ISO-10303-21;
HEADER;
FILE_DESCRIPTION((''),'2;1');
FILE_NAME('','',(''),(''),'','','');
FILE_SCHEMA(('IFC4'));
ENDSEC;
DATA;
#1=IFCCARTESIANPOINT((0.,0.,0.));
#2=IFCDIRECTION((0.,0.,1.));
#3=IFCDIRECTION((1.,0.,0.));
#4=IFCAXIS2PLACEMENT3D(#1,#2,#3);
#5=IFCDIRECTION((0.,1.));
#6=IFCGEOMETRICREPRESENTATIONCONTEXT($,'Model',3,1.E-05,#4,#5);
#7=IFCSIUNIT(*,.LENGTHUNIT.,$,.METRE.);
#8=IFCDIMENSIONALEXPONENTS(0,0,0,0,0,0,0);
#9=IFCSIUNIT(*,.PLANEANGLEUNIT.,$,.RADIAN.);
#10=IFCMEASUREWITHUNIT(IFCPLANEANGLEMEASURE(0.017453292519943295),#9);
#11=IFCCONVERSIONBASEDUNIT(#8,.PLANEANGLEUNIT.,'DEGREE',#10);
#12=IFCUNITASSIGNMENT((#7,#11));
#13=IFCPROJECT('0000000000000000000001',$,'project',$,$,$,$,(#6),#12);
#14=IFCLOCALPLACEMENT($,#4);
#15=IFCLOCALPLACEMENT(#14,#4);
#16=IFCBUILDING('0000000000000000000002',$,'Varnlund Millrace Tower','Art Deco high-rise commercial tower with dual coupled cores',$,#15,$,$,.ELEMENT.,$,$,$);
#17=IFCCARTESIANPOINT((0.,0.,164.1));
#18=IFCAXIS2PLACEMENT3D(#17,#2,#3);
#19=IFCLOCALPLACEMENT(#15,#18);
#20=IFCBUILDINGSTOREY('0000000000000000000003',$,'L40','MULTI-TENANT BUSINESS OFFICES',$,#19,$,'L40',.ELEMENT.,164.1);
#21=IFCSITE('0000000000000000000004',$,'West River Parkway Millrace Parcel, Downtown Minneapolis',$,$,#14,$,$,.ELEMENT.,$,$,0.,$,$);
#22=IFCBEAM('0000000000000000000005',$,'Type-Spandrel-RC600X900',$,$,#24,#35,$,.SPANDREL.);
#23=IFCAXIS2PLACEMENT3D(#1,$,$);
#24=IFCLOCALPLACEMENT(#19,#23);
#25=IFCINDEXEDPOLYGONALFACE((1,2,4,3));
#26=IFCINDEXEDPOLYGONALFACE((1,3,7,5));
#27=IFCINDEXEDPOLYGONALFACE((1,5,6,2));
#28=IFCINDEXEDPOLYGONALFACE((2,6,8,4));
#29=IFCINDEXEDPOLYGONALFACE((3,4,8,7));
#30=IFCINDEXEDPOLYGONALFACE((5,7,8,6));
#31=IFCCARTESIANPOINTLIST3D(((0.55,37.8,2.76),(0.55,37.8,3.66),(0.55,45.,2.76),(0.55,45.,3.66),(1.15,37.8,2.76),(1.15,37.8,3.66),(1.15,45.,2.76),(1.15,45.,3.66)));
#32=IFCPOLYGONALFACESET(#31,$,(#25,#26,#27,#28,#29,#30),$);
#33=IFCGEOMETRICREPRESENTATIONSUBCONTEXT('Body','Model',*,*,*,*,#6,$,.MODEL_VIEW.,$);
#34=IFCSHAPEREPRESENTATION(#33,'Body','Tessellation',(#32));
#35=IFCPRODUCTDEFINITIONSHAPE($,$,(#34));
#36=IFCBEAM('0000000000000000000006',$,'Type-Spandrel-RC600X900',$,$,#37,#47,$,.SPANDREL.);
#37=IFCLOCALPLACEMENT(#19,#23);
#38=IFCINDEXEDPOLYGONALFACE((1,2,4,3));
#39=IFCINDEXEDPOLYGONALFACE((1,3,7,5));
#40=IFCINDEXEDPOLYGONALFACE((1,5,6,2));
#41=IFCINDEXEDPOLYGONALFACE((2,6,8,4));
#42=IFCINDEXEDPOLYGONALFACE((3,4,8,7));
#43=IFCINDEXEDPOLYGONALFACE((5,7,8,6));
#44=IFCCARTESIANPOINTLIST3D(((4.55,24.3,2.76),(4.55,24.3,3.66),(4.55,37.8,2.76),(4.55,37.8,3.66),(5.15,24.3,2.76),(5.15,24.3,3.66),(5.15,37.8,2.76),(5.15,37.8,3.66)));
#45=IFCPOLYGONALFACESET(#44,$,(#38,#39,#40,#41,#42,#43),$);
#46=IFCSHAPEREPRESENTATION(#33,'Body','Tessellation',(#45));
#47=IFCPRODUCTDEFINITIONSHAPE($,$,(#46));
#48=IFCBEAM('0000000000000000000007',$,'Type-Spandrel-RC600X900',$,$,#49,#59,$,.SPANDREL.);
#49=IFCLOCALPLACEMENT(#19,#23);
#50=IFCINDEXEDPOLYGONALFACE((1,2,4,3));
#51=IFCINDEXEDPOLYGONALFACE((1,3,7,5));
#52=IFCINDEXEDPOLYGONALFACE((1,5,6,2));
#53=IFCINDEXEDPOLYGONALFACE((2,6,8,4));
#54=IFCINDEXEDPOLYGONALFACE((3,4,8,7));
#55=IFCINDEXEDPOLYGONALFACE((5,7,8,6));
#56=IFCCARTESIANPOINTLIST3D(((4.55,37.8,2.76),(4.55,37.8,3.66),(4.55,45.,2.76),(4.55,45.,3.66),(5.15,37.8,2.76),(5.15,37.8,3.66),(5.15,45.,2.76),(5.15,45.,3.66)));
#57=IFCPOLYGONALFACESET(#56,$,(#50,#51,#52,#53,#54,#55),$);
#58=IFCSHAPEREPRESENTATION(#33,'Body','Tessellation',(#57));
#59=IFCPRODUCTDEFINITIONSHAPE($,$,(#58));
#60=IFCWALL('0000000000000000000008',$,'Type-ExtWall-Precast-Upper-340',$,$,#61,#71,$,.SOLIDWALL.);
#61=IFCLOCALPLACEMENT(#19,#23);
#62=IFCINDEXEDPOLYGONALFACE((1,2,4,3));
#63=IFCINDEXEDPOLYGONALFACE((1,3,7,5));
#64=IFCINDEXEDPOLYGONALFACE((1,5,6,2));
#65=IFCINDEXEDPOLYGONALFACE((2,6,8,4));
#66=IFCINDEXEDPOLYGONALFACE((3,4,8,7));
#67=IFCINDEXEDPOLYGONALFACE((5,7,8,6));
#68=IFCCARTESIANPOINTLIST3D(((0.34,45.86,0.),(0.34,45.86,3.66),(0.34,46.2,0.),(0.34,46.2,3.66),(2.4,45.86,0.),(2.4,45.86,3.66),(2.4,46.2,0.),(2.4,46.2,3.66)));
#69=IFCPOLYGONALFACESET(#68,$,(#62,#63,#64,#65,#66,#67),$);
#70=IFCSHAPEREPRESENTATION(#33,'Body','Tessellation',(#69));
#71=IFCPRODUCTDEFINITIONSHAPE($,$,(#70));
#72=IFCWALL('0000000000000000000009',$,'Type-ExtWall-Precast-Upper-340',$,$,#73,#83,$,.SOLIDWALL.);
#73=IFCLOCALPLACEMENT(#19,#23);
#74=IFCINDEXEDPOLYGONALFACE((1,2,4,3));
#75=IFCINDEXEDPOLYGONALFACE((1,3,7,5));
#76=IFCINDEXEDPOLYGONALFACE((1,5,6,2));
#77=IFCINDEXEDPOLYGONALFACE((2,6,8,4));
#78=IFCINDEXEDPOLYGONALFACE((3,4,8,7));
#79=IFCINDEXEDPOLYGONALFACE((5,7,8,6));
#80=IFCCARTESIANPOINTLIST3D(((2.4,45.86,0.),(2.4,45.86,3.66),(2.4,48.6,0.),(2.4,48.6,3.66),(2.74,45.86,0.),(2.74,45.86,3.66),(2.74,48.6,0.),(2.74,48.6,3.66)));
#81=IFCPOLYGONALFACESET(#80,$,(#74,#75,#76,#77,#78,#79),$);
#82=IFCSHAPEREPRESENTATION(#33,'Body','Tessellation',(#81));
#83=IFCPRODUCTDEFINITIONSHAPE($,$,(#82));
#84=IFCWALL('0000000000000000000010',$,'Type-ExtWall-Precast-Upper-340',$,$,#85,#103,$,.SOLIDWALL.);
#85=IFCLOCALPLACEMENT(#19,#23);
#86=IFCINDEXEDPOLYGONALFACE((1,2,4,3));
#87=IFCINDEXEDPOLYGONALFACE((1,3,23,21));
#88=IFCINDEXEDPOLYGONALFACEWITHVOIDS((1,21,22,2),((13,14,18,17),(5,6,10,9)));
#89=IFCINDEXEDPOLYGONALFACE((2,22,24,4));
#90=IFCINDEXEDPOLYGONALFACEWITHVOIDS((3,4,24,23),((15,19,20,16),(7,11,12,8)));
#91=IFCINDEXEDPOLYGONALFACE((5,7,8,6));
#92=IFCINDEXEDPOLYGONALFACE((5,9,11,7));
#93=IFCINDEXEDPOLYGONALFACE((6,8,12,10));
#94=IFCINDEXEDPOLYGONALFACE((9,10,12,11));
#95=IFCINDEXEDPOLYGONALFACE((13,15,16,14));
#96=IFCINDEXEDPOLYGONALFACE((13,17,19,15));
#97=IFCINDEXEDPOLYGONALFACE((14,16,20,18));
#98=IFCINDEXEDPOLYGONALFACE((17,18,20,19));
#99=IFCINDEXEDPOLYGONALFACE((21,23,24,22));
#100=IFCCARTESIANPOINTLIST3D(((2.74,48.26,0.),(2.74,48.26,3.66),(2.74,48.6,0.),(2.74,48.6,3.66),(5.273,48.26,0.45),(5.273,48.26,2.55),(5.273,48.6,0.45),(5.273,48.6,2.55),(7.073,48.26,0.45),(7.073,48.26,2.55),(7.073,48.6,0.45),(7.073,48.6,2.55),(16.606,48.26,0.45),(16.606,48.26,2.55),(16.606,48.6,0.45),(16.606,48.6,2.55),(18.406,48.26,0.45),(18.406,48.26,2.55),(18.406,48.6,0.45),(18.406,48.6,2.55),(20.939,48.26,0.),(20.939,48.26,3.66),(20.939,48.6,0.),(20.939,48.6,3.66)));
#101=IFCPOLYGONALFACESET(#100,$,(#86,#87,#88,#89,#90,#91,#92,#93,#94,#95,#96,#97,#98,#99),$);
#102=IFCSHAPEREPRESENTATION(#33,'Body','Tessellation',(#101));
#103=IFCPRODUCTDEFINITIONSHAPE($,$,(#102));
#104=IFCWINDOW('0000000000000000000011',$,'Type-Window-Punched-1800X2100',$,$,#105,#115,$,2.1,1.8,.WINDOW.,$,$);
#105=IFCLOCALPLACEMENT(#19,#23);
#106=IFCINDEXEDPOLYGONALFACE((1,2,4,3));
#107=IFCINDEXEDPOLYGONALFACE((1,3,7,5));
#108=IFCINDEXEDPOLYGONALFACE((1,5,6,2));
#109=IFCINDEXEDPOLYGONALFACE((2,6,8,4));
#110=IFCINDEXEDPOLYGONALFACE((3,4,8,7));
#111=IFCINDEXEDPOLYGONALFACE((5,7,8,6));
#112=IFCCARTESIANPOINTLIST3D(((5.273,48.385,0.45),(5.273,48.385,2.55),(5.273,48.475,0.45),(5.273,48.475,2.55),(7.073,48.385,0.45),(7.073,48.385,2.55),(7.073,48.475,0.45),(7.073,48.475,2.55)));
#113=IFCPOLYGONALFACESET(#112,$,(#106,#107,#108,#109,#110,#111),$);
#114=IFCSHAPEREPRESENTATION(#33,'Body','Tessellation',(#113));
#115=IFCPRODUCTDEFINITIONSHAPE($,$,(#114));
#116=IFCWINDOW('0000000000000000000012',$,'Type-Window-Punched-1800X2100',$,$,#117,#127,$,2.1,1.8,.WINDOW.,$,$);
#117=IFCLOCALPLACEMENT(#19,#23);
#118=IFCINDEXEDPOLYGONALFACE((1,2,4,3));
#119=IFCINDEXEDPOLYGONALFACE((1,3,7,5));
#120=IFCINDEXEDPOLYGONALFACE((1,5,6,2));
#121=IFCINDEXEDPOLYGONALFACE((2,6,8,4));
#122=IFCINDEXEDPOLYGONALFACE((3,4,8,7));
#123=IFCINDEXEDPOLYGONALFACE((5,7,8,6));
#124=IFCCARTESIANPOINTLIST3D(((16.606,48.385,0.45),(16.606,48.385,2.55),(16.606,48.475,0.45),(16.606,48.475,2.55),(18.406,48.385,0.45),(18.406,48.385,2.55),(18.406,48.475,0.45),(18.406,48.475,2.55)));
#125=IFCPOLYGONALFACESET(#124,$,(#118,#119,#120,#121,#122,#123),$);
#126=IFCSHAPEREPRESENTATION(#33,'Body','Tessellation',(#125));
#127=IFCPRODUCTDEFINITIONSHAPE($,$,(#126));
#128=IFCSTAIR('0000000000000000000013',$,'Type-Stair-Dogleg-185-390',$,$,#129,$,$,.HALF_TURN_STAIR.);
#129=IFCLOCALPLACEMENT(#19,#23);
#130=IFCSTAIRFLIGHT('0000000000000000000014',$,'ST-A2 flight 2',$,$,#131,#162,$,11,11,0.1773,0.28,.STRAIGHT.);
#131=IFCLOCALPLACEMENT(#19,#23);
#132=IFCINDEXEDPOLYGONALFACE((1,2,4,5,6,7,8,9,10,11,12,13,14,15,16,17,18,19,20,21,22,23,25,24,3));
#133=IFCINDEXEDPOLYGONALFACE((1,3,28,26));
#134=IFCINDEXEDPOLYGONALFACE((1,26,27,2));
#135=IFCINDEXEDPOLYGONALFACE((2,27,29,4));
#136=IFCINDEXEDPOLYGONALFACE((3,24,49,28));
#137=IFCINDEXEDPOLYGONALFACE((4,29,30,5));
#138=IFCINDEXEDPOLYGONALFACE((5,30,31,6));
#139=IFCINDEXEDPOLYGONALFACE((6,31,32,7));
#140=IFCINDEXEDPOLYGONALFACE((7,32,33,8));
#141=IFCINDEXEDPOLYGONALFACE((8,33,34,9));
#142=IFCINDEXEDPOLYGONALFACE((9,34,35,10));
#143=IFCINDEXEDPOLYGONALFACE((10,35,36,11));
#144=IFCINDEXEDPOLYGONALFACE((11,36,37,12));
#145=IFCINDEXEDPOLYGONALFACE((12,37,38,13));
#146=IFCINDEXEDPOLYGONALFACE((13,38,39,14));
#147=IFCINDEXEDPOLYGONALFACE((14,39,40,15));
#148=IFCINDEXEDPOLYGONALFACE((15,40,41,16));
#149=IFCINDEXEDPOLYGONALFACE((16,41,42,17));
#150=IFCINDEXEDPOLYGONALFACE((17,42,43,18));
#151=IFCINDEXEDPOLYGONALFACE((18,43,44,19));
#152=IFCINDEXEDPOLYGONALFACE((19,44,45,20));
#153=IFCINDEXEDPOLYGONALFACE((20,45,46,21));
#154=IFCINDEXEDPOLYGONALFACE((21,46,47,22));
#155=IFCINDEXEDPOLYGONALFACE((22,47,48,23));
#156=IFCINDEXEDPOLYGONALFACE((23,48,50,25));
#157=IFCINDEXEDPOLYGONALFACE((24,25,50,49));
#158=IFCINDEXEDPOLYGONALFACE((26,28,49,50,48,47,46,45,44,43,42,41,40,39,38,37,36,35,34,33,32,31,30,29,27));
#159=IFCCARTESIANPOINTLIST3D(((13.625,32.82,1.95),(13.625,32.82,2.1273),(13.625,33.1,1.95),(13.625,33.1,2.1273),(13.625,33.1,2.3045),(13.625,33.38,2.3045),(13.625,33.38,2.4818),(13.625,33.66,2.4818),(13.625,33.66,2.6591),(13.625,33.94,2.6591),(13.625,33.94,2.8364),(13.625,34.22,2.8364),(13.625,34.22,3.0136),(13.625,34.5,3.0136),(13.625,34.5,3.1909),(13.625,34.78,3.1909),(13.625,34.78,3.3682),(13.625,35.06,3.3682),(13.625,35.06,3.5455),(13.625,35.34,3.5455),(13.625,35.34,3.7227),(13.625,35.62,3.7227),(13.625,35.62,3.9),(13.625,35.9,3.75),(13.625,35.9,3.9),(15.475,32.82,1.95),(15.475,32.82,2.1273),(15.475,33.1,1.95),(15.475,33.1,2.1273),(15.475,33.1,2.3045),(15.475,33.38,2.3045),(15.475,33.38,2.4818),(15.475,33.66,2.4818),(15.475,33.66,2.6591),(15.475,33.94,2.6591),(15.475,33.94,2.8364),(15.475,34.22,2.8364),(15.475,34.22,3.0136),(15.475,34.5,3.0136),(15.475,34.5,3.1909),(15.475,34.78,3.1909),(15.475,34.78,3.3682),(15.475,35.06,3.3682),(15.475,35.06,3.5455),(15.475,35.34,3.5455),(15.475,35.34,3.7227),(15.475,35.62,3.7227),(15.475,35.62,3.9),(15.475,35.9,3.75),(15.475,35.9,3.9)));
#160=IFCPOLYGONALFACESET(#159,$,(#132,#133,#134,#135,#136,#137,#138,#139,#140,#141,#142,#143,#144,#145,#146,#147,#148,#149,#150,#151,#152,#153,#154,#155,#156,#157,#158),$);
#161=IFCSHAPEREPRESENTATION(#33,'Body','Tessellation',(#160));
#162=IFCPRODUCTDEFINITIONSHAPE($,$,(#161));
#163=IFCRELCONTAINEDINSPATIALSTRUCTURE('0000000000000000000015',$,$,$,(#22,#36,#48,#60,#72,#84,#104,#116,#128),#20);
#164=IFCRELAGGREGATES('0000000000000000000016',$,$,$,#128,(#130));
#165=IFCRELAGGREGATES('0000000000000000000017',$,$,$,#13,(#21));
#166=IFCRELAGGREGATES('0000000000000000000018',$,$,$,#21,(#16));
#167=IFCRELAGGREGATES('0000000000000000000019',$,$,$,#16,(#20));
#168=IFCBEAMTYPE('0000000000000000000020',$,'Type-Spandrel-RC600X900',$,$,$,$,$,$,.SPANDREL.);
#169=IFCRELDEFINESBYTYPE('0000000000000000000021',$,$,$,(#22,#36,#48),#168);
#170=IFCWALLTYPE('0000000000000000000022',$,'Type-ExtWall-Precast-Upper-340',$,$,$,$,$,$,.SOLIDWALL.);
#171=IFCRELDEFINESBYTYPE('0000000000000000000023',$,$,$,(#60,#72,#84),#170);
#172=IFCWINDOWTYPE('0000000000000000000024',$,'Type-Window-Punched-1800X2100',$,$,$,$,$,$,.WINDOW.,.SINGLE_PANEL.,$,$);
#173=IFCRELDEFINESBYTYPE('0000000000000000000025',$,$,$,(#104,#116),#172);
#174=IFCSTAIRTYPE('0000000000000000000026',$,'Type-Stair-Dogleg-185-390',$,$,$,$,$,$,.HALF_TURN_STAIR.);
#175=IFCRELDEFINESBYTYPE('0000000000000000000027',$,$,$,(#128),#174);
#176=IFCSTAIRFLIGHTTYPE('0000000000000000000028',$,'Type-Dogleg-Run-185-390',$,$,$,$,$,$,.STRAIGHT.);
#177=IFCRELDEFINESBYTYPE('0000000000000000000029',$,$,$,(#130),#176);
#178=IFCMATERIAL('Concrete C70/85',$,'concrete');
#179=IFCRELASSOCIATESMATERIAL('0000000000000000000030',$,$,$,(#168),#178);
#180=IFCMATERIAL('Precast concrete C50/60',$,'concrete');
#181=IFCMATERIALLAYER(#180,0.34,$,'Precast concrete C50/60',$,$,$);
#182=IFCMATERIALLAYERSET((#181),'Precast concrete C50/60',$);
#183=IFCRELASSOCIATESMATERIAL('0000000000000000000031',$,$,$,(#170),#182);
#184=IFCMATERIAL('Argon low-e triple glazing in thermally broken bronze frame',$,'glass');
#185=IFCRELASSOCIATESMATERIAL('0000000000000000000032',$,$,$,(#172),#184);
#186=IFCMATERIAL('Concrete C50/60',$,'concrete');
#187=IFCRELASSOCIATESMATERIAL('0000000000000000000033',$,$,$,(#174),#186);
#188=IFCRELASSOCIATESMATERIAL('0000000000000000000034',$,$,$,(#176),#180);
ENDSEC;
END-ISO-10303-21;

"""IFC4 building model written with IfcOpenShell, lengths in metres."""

from ifc_helpers import new_model, entity, si_unit, converted_unit, direction, frame, origin_with_axes, origin_2d_with_axis, place, context, subcontext, project, spatial, polyline, rectangle, outline, extrude, material, layer, layer_set, material_profile, profile_set, type_object, element, fill, aggregate, save


model = new_model("IFC4")

# Units and contexts
model_context = context("Model", 3, precision=1e-05, world=origin_with_axes(), true_north=direction((0.0, 1.0)))
body_context = subcontext(model_context, "Body", "Model", "MODEL_VIEW")
ifc_project = project(units=[si_unit("LENGTHUNIT", "METRE"), converted_unit("PLANEANGLEUNIT", "DEGREE", entity("IfcPlaneAngleMeasure", 0.017453292519943295), si_unit("PLANEANGLEUNIT", "RADIAN"), dimensions=[0, 0, 0, 0, 0, 0, 0])], contexts=[model_context])

# Site, building, storey
site_placement = place(None, origin_with_axes())
site = spatial("IfcSite", under=ifc_project, at=site_placement, Name="West River Parkway Millrace Parcel, Downtown Minneapolis", CompositionType="ELEMENT", RefElevation=0.0)
building_placement = place(site_placement, origin_with_axes())
building = spatial("IfcBuilding", under=site, at=building_placement, Name="Varnlund Millrace Tower", Description="Art Deco high-rise commercial tower with dual coupled cores", CompositionType="ELEMENT")
storey_placement = place(building_placement, frame((0.0, 0.0, 164.1), z_axis=(0.0, 0.0, 1.0), x_axis=(1.0, 0.0, 0.0)))
storey = spatial("IfcBuildingStorey", under=building, at=storey_placement, Name="L40", Description="MULTI-TENANT BUSINESS OFFICES", LongName="L40", CompositionType="ELEMENT", Elevation=164.1)

# Beams
ifc_material_1 = material(Name="Concrete C70/85", Category="concrete")
ifc_material_profile_1 = material_profile(ifc_material_1, rectangle(XDim=0.6, YDim=0.9, at=origin_2d_with_axis()), Name="Concrete C70/85")
ifc_profile_set_1 = profile_set([ifc_material_profile_1], Name="Concrete C70/85")
beam_type_1 = type_object("IfcBeamType", Name="Type-Spandrel-RC600X900", PredefinedType="SPANDREL", material=ifc_profile_set_1)
beam_1_placement = place(storey_placement, frame((0.85, 37.8, 3.21), z_axis=(0.0, 1.0, 0.0), x_axis=(-1.0, 0.0, 0.0)))
element("IfcBeam", 1, at=beam_1_placement, inside=storey, type_object=beam_type_1, Name="Type-Spandrel-RC600X900", PredefinedType="SPANDREL", context=body_context, shape_type="SweptSolid", body=[
    extrude(rectangle(XDim=0.6, YDim=0.9, at=origin_2d_with_axis()), origin_with_axes(), (0.0, 0.0, 1.0), 7.2),
])
beam_2_placement = place(storey_placement, frame((4.85, 24.3, 3.21), z_axis=(0.0, 1.0, 0.0), x_axis=(-1.0, 0.0, 0.0)))
element("IfcBeam", 2, at=beam_2_placement, inside=storey, type_object=beam_type_1, Name="Type-Spandrel-RC600X900", PredefinedType="SPANDREL", context=body_context, shape_type="SweptSolid", body=[
    extrude(rectangle(XDim=0.6, YDim=0.9, at=origin_2d_with_axis()), origin_with_axes(), (0.0, 0.0, 1.0), 13.5),
])
beam_3_placement = place(storey_placement, frame((4.85, 37.8, 3.21), z_axis=(0.0, 1.0, 0.0), x_axis=(-1.0, 0.0, 0.0)))
element("IfcBeam", 3, at=beam_3_placement, inside=storey, type_object=beam_type_1, Name="Type-Spandrel-RC600X900", PredefinedType="SPANDREL", context=body_context, shape_type="SweptSolid", body=[
    extrude(rectangle(XDim=0.6, YDim=0.9, at=origin_2d_with_axis()), origin_with_axes(), (0.0, 0.0, 1.0), 7.2),
])

# Walls
ifc_material_2 = material(Name="Precast concrete C50/60", Category="concrete")
ifc_layer = layer(ifc_material_2, 0.34, Name="Precast concrete C50/60")
ifc_layer_set = layer_set([ifc_layer], Name="Precast concrete C50/60")
wall_type = type_object("IfcWallType", Name="Type-ExtWall-Precast-Upper-340", PredefinedType="SOLIDWALL", material=ifc_layer_set)
wall_1_placement = place(storey_placement, frame((0.34, 46.03, 0.0), z_axis=(0.0, 0.0, 1.0), x_axis=(1.0, 0.0, 0.0)))
element("IfcWall", 4, at=wall_1_placement, inside=storey, type_object=wall_type, Name="Type-ExtWall-Precast-Upper-340", PredefinedType="SOLIDWALL", context=body_context, shape_type="SweptSolid", body=[
    extrude(outline(polyline([(0.0, -0.17), (2.06, -0.17), (2.06, 0.17), (0.0, 0.17), (0.0, -0.17)])), origin_with_axes(), (0.0, 0.0, 1.0), 3.66),
])
wall_2_placement = place(storey_placement, frame((2.57, 45.86, 0.0), z_axis=(0.0, 0.0, 1.0), x_axis=(0.0, 1.0, 0.0)))
element("IfcWall", 5, at=wall_2_placement, inside=storey, type_object=wall_type, Name="Type-ExtWall-Precast-Upper-340", PredefinedType="SOLIDWALL", context=body_context, shape_type="SweptSolid", body=[
    extrude(outline(polyline([(0.0, -0.17), (2.74, -0.17), (2.74, 0.17), (0.0, 0.17), (0.0, -0.17)])), origin_with_axes(), (0.0, 0.0, 1.0), 3.66),
])

# Wall, openings, windows
wall_3_placement = place(storey_placement, frame((2.74, 48.43, 0.0), z_axis=(0.0, 0.0, 1.0), x_axis=(1.0, 0.0, 0.0)))
wall_3 = element("IfcWall", 6, at=wall_3_placement, inside=storey, type_object=wall_type, Name="Type-ExtWall-Precast-Upper-340", PredefinedType="SOLIDWALL", context=body_context, shape_type="SweptSolid", body=[
    extrude(outline(polyline([(0.0, -0.17), (18.199, -0.17), (18.199, 0.17), (0.0, 0.17), (0.0, -0.17)])), origin_with_axes(), (0.0, 0.0, 1.0), 3.66),
])
opening_1_placement = place(wall_3_placement, frame((3.433, 0.0, 0.45), z_axis=(0.0, 0.0, 1.0), x_axis=(1.0, 0.0, 0.0)))
opening_1 = element("IfcOpeningElement", 7, at=opening_1_placement, cuts=wall_3, PredefinedType="OPENING", context=body_context, shape_type="SweptSolid", body=[
    extrude(rectangle(XDim=1.8, YDim=0.36, at=origin_2d_with_axis()), origin_with_axes(), (0.0, 0.0, 1.0), 2.1),
])
opening_2_placement = place(wall_3_placement, frame((14.766, 0.0, 0.45), z_axis=(0.0, 0.0, 1.0), x_axis=(1.0, 0.0, 0.0)))
opening_2 = element("IfcOpeningElement", 8, at=opening_2_placement, cuts=wall_3, PredefinedType="OPENING", context=body_context, shape_type="SweptSolid", body=[
    extrude(rectangle(XDim=1.8, YDim=0.36, at=origin_2d_with_axis()), origin_with_axes(), (0.0, 0.0, 1.0), 2.1),
])
ifc_material_3 = material(Name="Argon low-e triple glazing in thermally broken bronze frame", Category="glass")
window_type = type_object("IfcWindowType", Name="Type-Window-Punched-1800X2100", PartitioningType="SINGLE_PANEL", PredefinedType="WINDOW", material=ifc_material_3)
window_1_placement = place(wall_3_placement, frame((3.433, 0.0, 0.45), z_axis=(0.0, 0.0, 1.0), x_axis=(1.0, 0.0, 0.0)))
window_1 = element("IfcWindow", 9, at=window_1_placement, inside=storey, type_object=window_type, Name="Type-Window-Punched-1800X2100", OverallHeight=2.1, OverallWidth=1.8, PredefinedType="WINDOW", context=body_context, shape_type="SweptSolid", body=[
    extrude(rectangle(XDim=1.8, YDim=0.09, at=origin_2d_with_axis()), origin_with_axes(), (0.0, 0.0, 1.0), 2.1),
])
fill(opening_1, window_1)
window_2_placement = place(wall_3_placement, frame((14.766, 0.0, 0.45), z_axis=(0.0, 0.0, 1.0), x_axis=(1.0, 0.0, 0.0)))
window_2 = element("IfcWindow", 10, at=window_2_placement, inside=storey, type_object=window_type, Name="Type-Window-Punched-1800X2100", OverallHeight=2.1, OverallWidth=1.8, PredefinedType="WINDOW", context=body_context, shape_type="SweptSolid", body=[
    extrude(rectangle(XDim=1.8, YDim=0.09, at=origin_2d_with_axis()), origin_with_axes(), (0.0, 0.0, 1.0), 2.1),
])
fill(opening_2, window_2)

# Stair, stair flight
ifc_material_4 = material(Name="Concrete C50/60", Category="concrete")
stair_type = type_object("IfcStairType", Name="Type-Stair-Dogleg-185-390", PredefinedType="HALF_TURN_STAIR", material=ifc_material_4)
stair_placement = place(storey_placement, origin_with_axes())
stair = element("IfcStair", 11, at=stair_placement, inside=storey, type_object=stair_type, Name="Type-Stair-Dogleg-185-390", PredefinedType="HALF_TURN_STAIR")
stair_flight_type = type_object("IfcStairFlightType", Name="Type-Dogleg-Run-185-390", PredefinedType="STRAIGHT", material=ifc_material_2)
stair_flight_placement = place(storey_placement, frame((13.625, 32.82, 1.95), z_axis=(1.0, 0.0, 0.0), x_axis=(0.0, 1.0, 0.0)))
stair_flight = element("IfcStairFlight", 12, at=stair_flight_placement, type_object=stair_flight_type, Name="ST-A2 flight 2", NumberOfRisers=11, NumberOfTreads=11, PredefinedType="STRAIGHT", RiserHeight=0.1773, TreadLength=0.28, context=body_context, shape_type="SweptSolid", body=[
    extrude(outline(polyline([(0.0, 0.0), (0.0, 0.1773), (0.28, 0.1773), (0.28, 0.3545), (0.56, 0.3545), (0.56, 0.5318), (0.84, 0.5318), (0.84, 0.7091), (1.12, 0.7091), (1.12, 0.8864), (1.4, 0.8864), (1.4, 1.0636), (1.68, 1.0636), (1.68, 1.2409), (1.96, 1.2409), (1.96, 1.4182), (2.24, 1.4182), (2.24, 1.5955), (2.52, 1.5955), (2.52, 1.7727), (2.8, 1.7727), (2.8, 1.95), (3.08, 1.95), (3.08, 1.8), (0.28, 0.0), (0.0, 0.0)])), origin_with_axes(), (0.0, 0.0, 1.0), 1.85),
])
aggregate(stair, [stair_flight])

save(model, "model.ifc")
